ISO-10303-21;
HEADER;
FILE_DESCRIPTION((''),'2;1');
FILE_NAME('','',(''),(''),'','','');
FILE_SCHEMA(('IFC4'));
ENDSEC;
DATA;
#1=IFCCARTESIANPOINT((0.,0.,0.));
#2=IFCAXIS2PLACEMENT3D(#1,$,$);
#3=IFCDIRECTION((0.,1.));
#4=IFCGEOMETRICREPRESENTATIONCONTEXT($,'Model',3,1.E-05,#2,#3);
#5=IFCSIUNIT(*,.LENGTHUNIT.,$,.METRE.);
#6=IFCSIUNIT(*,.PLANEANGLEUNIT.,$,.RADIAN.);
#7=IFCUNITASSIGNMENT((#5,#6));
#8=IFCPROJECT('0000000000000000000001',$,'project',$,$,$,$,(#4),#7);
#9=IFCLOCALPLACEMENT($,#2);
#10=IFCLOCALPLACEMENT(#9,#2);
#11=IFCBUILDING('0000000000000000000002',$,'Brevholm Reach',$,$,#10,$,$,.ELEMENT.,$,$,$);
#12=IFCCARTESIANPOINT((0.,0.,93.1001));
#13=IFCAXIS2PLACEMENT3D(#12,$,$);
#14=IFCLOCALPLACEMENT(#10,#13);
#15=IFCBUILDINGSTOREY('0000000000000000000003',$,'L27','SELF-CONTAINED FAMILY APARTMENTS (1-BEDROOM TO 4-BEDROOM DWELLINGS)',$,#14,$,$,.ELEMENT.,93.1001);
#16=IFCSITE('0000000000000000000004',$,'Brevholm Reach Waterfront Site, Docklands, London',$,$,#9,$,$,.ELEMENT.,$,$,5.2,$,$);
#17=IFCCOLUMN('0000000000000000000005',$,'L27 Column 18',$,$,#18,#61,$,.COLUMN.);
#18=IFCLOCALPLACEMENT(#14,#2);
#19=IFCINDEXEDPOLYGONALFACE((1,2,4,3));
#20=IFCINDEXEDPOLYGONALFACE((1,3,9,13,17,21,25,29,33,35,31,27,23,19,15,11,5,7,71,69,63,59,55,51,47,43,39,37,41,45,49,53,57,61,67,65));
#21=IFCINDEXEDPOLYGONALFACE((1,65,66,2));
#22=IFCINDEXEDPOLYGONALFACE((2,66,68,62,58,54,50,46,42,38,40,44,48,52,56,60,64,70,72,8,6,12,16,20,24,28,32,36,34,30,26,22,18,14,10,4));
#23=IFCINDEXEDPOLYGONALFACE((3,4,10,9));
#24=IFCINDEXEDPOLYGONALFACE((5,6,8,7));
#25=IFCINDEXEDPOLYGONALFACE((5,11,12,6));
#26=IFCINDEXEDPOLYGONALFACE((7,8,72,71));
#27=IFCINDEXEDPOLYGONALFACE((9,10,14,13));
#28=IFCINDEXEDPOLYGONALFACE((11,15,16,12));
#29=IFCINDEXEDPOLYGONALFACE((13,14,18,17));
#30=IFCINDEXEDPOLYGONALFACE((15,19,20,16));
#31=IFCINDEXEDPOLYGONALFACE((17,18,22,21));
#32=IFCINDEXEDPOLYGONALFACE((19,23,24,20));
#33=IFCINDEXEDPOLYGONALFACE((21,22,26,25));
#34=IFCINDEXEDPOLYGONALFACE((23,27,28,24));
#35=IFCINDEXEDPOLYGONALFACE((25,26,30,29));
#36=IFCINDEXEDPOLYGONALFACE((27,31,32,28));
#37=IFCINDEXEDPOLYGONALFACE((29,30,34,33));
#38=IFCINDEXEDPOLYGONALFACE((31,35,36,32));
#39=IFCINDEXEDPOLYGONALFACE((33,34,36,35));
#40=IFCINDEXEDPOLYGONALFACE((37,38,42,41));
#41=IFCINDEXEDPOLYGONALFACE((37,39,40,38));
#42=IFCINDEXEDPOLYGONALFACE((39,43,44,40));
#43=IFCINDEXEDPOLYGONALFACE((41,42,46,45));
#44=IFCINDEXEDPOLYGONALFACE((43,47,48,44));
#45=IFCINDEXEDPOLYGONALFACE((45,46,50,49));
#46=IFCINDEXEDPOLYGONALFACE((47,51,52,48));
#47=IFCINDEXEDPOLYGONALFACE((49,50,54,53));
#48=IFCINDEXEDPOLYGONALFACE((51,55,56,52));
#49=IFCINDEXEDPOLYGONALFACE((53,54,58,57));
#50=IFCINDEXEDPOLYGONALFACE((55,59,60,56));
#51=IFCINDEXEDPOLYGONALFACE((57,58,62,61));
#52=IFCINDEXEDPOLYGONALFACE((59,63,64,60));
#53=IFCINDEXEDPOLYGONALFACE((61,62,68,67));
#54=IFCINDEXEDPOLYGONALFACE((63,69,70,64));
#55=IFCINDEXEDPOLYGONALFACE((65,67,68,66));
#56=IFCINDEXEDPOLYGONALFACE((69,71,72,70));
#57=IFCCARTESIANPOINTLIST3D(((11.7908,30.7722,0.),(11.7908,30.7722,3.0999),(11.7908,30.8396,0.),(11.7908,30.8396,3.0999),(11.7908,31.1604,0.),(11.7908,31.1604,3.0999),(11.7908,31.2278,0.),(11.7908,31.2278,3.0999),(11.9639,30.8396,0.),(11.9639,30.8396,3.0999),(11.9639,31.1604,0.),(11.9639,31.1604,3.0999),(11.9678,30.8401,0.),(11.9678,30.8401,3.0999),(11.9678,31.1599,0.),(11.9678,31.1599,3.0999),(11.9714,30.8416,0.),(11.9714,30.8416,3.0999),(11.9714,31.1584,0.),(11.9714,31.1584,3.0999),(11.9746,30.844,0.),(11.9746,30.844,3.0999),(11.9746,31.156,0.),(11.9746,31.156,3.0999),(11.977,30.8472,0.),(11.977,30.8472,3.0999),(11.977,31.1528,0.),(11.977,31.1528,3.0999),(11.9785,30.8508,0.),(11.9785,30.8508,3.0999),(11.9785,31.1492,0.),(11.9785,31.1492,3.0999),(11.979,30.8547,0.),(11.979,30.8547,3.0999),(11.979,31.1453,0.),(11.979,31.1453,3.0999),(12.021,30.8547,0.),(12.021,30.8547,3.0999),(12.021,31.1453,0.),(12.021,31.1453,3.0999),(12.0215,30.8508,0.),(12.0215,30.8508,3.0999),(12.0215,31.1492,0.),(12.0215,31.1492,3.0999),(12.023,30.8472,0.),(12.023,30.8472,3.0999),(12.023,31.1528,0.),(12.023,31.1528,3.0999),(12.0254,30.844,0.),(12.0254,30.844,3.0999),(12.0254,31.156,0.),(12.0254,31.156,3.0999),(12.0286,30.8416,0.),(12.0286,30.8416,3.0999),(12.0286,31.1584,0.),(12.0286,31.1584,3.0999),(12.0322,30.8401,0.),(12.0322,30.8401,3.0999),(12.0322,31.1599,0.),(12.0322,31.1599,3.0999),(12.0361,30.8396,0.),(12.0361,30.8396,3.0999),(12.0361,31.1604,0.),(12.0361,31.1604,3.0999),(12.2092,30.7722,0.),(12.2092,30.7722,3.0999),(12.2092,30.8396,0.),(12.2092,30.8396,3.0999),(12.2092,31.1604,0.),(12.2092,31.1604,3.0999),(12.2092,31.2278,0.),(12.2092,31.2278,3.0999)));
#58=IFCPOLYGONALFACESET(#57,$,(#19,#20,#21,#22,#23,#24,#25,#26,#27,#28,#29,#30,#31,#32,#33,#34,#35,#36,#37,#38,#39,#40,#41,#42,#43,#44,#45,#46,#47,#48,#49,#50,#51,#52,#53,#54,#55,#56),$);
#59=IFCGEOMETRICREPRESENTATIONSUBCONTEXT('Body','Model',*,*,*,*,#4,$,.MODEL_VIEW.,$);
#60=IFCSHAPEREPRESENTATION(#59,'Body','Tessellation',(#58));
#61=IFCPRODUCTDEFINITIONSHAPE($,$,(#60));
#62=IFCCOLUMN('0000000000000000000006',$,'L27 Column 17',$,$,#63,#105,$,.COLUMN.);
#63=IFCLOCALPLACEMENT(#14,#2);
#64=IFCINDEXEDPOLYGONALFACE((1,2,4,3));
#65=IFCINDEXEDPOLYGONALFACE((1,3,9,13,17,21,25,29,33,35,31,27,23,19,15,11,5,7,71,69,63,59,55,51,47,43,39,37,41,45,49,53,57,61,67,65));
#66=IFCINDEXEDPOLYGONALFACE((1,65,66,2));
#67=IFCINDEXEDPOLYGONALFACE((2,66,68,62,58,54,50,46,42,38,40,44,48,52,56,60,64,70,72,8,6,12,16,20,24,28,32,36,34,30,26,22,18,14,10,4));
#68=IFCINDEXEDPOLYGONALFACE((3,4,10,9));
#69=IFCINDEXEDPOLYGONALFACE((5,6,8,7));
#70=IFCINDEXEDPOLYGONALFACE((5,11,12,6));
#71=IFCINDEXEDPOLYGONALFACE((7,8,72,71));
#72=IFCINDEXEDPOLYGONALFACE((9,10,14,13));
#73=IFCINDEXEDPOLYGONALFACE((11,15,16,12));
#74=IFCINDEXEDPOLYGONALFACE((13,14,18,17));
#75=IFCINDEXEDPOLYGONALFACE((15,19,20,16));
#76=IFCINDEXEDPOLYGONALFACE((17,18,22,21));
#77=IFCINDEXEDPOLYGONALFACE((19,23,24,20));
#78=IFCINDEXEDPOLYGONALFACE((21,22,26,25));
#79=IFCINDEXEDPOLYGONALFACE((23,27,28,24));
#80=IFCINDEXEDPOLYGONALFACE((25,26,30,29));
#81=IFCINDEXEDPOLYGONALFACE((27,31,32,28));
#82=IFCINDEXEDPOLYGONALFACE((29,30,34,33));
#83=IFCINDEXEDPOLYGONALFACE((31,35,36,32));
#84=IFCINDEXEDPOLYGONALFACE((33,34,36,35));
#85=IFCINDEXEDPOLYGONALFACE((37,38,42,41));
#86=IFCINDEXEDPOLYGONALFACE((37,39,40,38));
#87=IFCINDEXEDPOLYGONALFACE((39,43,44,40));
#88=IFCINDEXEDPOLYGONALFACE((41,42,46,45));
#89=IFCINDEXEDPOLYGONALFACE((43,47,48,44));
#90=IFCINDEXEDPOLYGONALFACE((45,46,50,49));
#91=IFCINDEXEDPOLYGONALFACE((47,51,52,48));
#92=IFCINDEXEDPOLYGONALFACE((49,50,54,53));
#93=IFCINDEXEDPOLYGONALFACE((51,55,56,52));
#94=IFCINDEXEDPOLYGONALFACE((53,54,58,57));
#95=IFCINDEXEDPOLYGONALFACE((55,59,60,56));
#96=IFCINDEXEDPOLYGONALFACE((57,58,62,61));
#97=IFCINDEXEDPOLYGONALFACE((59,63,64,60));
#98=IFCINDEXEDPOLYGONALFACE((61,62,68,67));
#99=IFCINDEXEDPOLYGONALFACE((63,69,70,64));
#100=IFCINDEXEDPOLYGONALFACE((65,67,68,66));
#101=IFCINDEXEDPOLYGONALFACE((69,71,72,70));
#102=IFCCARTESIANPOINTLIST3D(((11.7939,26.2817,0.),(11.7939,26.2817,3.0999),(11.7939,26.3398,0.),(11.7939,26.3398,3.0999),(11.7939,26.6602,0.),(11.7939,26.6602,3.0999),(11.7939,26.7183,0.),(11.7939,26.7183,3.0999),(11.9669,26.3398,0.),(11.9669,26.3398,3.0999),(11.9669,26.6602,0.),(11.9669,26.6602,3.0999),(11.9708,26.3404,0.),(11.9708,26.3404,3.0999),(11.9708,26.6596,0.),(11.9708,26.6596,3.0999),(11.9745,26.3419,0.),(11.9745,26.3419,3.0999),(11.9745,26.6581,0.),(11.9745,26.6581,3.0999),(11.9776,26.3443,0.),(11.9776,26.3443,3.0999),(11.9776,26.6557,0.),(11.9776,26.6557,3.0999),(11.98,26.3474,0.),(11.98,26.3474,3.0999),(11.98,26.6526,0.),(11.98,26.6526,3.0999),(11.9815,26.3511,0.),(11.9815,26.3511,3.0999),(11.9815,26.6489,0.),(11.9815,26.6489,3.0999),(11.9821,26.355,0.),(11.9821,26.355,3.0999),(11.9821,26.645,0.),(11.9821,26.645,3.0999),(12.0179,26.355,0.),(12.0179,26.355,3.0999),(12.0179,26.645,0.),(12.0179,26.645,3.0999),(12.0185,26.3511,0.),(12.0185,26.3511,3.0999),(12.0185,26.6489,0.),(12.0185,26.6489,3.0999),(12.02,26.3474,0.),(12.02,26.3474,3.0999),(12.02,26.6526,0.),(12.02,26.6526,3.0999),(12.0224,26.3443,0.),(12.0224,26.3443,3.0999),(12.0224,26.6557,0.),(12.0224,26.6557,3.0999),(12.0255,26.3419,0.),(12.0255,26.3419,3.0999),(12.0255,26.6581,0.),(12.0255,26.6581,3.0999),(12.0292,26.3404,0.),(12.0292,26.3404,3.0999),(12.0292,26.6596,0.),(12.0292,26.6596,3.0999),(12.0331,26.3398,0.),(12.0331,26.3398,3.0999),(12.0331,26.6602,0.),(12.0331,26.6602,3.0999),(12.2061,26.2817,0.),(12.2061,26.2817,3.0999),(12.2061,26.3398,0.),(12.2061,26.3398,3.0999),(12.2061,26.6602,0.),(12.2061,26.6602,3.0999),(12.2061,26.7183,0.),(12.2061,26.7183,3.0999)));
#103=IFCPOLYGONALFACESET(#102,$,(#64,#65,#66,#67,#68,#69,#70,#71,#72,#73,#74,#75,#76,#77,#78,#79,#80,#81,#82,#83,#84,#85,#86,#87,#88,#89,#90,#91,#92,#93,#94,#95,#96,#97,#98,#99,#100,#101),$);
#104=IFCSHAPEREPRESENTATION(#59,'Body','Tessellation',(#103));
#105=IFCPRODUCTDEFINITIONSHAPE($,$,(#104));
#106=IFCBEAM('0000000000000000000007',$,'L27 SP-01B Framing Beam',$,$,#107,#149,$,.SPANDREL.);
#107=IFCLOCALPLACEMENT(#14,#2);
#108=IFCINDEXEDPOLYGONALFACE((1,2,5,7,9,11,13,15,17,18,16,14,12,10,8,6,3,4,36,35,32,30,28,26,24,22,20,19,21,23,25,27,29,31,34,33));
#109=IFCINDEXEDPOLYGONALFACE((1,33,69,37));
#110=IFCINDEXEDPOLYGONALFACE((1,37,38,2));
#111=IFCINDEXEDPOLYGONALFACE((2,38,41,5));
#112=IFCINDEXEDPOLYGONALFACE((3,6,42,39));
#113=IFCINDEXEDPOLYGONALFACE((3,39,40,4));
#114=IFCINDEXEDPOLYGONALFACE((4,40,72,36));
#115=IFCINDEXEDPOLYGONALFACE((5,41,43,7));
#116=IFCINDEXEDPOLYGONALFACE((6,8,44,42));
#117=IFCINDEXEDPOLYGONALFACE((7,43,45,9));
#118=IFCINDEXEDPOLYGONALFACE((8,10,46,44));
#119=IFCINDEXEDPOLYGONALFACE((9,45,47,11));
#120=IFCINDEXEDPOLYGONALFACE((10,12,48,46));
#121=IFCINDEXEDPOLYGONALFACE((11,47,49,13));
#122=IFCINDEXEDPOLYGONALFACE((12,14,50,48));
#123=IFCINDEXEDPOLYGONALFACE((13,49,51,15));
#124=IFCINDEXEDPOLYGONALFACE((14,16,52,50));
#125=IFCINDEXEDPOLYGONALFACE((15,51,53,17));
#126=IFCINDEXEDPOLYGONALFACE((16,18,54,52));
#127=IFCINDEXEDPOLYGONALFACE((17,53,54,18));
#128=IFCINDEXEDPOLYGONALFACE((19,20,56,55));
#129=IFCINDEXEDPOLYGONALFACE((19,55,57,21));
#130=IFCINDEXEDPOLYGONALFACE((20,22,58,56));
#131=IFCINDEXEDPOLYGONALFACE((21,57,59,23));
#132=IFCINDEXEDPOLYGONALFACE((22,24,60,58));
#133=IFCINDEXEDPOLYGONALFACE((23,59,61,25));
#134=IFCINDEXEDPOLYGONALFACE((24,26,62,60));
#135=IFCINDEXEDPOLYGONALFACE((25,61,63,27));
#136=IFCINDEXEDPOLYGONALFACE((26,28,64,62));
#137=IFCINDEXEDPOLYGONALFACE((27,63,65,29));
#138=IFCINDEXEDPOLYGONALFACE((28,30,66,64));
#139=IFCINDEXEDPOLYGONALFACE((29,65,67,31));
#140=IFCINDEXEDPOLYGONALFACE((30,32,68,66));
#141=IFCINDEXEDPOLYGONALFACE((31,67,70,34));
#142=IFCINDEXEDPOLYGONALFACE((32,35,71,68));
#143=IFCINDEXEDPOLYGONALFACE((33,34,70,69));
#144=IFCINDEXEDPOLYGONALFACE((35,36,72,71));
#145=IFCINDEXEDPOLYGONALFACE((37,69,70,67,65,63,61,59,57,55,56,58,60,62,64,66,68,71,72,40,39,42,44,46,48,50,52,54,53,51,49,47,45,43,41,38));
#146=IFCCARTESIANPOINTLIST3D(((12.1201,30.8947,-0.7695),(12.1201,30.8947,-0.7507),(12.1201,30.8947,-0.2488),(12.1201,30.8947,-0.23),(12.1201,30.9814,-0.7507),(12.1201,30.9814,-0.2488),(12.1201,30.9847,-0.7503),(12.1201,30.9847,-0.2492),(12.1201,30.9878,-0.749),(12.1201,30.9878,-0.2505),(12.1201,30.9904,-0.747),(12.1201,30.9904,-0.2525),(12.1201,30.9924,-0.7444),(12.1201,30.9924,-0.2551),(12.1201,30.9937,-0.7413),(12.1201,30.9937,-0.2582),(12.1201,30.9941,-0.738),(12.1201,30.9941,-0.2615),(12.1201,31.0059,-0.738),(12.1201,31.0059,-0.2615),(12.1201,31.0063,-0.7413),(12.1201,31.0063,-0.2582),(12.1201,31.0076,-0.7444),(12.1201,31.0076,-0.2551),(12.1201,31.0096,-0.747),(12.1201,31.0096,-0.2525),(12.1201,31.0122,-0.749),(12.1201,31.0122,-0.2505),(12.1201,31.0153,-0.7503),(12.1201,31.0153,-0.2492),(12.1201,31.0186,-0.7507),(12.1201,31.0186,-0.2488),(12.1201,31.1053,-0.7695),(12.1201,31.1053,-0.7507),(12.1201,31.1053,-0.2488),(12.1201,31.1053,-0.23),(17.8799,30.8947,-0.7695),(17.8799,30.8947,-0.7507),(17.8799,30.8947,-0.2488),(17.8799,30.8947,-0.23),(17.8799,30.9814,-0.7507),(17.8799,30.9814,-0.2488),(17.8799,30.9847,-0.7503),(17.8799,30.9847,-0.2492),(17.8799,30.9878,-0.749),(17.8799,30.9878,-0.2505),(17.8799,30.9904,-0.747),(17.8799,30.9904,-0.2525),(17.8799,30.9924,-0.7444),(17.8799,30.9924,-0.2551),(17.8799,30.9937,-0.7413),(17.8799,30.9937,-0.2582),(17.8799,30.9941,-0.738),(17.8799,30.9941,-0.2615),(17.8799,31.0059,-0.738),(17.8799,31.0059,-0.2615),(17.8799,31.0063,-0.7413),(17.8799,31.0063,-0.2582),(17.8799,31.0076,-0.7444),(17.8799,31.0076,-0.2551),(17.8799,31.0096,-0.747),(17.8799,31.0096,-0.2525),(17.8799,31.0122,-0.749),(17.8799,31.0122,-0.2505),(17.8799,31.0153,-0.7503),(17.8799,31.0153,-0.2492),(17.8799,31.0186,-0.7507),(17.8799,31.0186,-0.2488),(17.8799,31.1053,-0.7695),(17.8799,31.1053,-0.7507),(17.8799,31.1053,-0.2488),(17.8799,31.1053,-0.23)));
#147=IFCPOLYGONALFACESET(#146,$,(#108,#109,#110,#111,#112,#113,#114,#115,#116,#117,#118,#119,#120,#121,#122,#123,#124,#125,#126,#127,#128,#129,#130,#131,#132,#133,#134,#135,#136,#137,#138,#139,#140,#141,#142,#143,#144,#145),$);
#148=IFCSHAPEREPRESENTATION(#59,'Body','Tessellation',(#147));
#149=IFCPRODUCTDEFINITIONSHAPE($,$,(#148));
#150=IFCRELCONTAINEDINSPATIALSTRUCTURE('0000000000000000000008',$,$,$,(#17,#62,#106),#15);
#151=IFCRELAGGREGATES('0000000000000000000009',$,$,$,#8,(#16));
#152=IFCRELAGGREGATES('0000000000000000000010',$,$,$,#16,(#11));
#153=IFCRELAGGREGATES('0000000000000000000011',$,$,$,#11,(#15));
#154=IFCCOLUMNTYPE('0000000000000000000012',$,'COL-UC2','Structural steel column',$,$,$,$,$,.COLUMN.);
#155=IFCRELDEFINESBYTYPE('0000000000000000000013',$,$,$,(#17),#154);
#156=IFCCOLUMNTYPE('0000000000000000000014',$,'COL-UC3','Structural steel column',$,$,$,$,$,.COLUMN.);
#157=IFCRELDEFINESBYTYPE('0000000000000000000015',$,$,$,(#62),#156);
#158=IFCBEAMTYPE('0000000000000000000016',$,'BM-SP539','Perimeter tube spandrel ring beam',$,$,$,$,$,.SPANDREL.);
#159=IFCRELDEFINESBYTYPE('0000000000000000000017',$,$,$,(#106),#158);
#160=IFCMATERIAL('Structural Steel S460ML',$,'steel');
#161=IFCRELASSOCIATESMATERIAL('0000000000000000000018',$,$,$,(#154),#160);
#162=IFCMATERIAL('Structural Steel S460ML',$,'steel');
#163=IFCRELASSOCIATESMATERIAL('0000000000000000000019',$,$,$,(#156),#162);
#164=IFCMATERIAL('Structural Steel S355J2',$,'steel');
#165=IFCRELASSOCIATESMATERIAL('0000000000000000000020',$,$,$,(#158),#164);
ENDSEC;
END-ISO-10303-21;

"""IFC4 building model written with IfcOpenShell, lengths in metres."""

from ifc_helpers import new_model, si_unit, direction, frame, origin, origin_2d, place, context, subcontext, project, spatial, i_section, extrude, material, material_profile, profile_set, type_object, element, save


model = new_model("IFC4")

# Units and contexts
model_context = context("Model", 3, precision=1e-05, world=origin(), true_north=direction((0.0, 1.0)))
body_context = subcontext(model_context, "Body", "Model", "MODEL_VIEW")
ifc_project = project(units=[si_unit("LENGTHUNIT", "METRE"), si_unit("PLANEANGLEUNIT", "RADIAN")], contexts=[model_context])

# Site, building, storey
site_placement = place(None, origin())
site = spatial("IfcSite", under=ifc_project, at=site_placement, Name="Brevholm Reach Waterfront Site, Docklands, London", CompositionType="ELEMENT", RefElevation=5.2)
building_placement = place(site_placement, origin())
building = spatial("IfcBuilding", under=site, at=building_placement, Name="Brevholm Reach", CompositionType="ELEMENT")
storey_placement = place(building_placement, frame((0.0, 0.0, 93.1001)))
storey = spatial("IfcBuildingStorey", under=building, at=storey_placement, Name="L27", Description="SELF-CONTAINED FAMILY APARTMENTS (1-BEDROOM TO 4-BEDROOM DWELLINGS)", CompositionType="ELEMENT", Elevation=93.1001)

# Columns
ifc_material_1 = material(Name="Structural Steel S460ML", Category="steel")
ifc_material_profile_1 = material_profile(ifc_material_1, i_section(OverallWidth=0.4185, OverallDepth=0.4556, WebThickness=0.042, FlangeThickness=0.0674, FilletRadius=0.0151, at=origin_2d()), Name="UKC 356x406x551")
ifc_profile_set_1 = profile_set([ifc_material_profile_1], Name="Structural Steel S460ML")
column_type_1 = type_object("IfcColumnType", Name="COL-UC2", Description="Structural steel column", PredefinedType="COLUMN", material=ifc_profile_set_1)
column_1_placement = place(storey_placement, frame((12.0, 31.0, 0.0), z_axis=(0.0, 0.0, 1.0), x_axis=(1.0, 0.0, 0.0)))
element("IfcColumn", 1, at=column_1_placement, inside=storey, type_object=column_type_1, Name="L27 Column 18", PredefinedType="COLUMN", context=body_context, shape_type="SweptSolid", body=[
    extrude(i_section(OverallWidth=0.4185, OverallDepth=0.4556, WebThickness=0.042, FlangeThickness=0.0674, FilletRadius=0.0151, at=origin_2d()), origin(), (0.0, 0.0, 1.0), 3.0999),
])
ifc_material_2 = material(Name="Structural Steel S460ML", Category="steel")
ifc_material_profile_2 = material_profile(ifc_material_2, i_section(OverallWidth=0.4121, OverallDepth=0.4365, WebThickness=0.0359, FlangeThickness=0.0581, FilletRadius=0.0151, at=origin_2d()), Name="UKC 356x406x467")
ifc_profile_set_2 = profile_set([ifc_material_profile_2], Name="Structural Steel S460ML")
column_type_2 = type_object("IfcColumnType", Name="COL-UC3", Description="Structural steel column", PredefinedType="COLUMN", material=ifc_profile_set_2)
column_2_placement = place(storey_placement, frame((12.0, 26.5, 0.0), z_axis=(0.0, 0.0, 1.0), x_axis=(1.0, 0.0, 0.0)))
element("IfcColumn", 2, at=column_2_placement, inside=storey, type_object=column_type_2, Name="L27 Column 17", PredefinedType="COLUMN", context=body_context, shape_type="SweptSolid", body=[
    extrude(i_section(OverallWidth=0.4121, OverallDepth=0.4365, WebThickness=0.0359, FlangeThickness=0.0581, FilletRadius=0.0151, at=origin_2d()), origin(), (0.0, 0.0, 1.0), 3.0999),
])

# Beam
ifc_material_3 = material(Name="Structural Steel S355J2", Category="steel")
ifc_material_profile_3 = material_profile(ifc_material_3, i_section(OverallWidth=0.2107, OverallDepth=0.5396, WebThickness=0.0117, FlangeThickness=0.0188, FilletRadius=0.0127, at=origin_2d()), Name="UKB 533x210x109")
ifc_profile_set_3 = profile_set([ifc_material_profile_3], Name="Structural Steel S355J2")
beam_type_1 = type_object("IfcBeamType", Name="BM-SP539", Description="Perimeter tube spandrel ring beam", PredefinedType="SPANDREL", material=ifc_profile_set_3)
beam_1_placement = place(storey_placement, frame((12.1201, 31.0, -0.4998), z_axis=(1.0, 0.0, 0.0), x_axis=(0.0, 1.0, 0.0)))
element("IfcBeam", 3, at=beam_1_placement, inside=storey, type_object=beam_type_1, Name="L27 SP-01B Framing Beam", PredefinedType="SPANDREL", context=body_context, shape_type="SweptSolid", body=[
    extrude(i_section(OverallWidth=0.2107, OverallDepth=0.5396, WebThickness=0.0117, FlangeThickness=0.0188, FilletRadius=0.0127, at=origin_2d()), origin(), (0.0, 0.0, 1.0), 5.7598),
])

save(model, "model.ifc")
